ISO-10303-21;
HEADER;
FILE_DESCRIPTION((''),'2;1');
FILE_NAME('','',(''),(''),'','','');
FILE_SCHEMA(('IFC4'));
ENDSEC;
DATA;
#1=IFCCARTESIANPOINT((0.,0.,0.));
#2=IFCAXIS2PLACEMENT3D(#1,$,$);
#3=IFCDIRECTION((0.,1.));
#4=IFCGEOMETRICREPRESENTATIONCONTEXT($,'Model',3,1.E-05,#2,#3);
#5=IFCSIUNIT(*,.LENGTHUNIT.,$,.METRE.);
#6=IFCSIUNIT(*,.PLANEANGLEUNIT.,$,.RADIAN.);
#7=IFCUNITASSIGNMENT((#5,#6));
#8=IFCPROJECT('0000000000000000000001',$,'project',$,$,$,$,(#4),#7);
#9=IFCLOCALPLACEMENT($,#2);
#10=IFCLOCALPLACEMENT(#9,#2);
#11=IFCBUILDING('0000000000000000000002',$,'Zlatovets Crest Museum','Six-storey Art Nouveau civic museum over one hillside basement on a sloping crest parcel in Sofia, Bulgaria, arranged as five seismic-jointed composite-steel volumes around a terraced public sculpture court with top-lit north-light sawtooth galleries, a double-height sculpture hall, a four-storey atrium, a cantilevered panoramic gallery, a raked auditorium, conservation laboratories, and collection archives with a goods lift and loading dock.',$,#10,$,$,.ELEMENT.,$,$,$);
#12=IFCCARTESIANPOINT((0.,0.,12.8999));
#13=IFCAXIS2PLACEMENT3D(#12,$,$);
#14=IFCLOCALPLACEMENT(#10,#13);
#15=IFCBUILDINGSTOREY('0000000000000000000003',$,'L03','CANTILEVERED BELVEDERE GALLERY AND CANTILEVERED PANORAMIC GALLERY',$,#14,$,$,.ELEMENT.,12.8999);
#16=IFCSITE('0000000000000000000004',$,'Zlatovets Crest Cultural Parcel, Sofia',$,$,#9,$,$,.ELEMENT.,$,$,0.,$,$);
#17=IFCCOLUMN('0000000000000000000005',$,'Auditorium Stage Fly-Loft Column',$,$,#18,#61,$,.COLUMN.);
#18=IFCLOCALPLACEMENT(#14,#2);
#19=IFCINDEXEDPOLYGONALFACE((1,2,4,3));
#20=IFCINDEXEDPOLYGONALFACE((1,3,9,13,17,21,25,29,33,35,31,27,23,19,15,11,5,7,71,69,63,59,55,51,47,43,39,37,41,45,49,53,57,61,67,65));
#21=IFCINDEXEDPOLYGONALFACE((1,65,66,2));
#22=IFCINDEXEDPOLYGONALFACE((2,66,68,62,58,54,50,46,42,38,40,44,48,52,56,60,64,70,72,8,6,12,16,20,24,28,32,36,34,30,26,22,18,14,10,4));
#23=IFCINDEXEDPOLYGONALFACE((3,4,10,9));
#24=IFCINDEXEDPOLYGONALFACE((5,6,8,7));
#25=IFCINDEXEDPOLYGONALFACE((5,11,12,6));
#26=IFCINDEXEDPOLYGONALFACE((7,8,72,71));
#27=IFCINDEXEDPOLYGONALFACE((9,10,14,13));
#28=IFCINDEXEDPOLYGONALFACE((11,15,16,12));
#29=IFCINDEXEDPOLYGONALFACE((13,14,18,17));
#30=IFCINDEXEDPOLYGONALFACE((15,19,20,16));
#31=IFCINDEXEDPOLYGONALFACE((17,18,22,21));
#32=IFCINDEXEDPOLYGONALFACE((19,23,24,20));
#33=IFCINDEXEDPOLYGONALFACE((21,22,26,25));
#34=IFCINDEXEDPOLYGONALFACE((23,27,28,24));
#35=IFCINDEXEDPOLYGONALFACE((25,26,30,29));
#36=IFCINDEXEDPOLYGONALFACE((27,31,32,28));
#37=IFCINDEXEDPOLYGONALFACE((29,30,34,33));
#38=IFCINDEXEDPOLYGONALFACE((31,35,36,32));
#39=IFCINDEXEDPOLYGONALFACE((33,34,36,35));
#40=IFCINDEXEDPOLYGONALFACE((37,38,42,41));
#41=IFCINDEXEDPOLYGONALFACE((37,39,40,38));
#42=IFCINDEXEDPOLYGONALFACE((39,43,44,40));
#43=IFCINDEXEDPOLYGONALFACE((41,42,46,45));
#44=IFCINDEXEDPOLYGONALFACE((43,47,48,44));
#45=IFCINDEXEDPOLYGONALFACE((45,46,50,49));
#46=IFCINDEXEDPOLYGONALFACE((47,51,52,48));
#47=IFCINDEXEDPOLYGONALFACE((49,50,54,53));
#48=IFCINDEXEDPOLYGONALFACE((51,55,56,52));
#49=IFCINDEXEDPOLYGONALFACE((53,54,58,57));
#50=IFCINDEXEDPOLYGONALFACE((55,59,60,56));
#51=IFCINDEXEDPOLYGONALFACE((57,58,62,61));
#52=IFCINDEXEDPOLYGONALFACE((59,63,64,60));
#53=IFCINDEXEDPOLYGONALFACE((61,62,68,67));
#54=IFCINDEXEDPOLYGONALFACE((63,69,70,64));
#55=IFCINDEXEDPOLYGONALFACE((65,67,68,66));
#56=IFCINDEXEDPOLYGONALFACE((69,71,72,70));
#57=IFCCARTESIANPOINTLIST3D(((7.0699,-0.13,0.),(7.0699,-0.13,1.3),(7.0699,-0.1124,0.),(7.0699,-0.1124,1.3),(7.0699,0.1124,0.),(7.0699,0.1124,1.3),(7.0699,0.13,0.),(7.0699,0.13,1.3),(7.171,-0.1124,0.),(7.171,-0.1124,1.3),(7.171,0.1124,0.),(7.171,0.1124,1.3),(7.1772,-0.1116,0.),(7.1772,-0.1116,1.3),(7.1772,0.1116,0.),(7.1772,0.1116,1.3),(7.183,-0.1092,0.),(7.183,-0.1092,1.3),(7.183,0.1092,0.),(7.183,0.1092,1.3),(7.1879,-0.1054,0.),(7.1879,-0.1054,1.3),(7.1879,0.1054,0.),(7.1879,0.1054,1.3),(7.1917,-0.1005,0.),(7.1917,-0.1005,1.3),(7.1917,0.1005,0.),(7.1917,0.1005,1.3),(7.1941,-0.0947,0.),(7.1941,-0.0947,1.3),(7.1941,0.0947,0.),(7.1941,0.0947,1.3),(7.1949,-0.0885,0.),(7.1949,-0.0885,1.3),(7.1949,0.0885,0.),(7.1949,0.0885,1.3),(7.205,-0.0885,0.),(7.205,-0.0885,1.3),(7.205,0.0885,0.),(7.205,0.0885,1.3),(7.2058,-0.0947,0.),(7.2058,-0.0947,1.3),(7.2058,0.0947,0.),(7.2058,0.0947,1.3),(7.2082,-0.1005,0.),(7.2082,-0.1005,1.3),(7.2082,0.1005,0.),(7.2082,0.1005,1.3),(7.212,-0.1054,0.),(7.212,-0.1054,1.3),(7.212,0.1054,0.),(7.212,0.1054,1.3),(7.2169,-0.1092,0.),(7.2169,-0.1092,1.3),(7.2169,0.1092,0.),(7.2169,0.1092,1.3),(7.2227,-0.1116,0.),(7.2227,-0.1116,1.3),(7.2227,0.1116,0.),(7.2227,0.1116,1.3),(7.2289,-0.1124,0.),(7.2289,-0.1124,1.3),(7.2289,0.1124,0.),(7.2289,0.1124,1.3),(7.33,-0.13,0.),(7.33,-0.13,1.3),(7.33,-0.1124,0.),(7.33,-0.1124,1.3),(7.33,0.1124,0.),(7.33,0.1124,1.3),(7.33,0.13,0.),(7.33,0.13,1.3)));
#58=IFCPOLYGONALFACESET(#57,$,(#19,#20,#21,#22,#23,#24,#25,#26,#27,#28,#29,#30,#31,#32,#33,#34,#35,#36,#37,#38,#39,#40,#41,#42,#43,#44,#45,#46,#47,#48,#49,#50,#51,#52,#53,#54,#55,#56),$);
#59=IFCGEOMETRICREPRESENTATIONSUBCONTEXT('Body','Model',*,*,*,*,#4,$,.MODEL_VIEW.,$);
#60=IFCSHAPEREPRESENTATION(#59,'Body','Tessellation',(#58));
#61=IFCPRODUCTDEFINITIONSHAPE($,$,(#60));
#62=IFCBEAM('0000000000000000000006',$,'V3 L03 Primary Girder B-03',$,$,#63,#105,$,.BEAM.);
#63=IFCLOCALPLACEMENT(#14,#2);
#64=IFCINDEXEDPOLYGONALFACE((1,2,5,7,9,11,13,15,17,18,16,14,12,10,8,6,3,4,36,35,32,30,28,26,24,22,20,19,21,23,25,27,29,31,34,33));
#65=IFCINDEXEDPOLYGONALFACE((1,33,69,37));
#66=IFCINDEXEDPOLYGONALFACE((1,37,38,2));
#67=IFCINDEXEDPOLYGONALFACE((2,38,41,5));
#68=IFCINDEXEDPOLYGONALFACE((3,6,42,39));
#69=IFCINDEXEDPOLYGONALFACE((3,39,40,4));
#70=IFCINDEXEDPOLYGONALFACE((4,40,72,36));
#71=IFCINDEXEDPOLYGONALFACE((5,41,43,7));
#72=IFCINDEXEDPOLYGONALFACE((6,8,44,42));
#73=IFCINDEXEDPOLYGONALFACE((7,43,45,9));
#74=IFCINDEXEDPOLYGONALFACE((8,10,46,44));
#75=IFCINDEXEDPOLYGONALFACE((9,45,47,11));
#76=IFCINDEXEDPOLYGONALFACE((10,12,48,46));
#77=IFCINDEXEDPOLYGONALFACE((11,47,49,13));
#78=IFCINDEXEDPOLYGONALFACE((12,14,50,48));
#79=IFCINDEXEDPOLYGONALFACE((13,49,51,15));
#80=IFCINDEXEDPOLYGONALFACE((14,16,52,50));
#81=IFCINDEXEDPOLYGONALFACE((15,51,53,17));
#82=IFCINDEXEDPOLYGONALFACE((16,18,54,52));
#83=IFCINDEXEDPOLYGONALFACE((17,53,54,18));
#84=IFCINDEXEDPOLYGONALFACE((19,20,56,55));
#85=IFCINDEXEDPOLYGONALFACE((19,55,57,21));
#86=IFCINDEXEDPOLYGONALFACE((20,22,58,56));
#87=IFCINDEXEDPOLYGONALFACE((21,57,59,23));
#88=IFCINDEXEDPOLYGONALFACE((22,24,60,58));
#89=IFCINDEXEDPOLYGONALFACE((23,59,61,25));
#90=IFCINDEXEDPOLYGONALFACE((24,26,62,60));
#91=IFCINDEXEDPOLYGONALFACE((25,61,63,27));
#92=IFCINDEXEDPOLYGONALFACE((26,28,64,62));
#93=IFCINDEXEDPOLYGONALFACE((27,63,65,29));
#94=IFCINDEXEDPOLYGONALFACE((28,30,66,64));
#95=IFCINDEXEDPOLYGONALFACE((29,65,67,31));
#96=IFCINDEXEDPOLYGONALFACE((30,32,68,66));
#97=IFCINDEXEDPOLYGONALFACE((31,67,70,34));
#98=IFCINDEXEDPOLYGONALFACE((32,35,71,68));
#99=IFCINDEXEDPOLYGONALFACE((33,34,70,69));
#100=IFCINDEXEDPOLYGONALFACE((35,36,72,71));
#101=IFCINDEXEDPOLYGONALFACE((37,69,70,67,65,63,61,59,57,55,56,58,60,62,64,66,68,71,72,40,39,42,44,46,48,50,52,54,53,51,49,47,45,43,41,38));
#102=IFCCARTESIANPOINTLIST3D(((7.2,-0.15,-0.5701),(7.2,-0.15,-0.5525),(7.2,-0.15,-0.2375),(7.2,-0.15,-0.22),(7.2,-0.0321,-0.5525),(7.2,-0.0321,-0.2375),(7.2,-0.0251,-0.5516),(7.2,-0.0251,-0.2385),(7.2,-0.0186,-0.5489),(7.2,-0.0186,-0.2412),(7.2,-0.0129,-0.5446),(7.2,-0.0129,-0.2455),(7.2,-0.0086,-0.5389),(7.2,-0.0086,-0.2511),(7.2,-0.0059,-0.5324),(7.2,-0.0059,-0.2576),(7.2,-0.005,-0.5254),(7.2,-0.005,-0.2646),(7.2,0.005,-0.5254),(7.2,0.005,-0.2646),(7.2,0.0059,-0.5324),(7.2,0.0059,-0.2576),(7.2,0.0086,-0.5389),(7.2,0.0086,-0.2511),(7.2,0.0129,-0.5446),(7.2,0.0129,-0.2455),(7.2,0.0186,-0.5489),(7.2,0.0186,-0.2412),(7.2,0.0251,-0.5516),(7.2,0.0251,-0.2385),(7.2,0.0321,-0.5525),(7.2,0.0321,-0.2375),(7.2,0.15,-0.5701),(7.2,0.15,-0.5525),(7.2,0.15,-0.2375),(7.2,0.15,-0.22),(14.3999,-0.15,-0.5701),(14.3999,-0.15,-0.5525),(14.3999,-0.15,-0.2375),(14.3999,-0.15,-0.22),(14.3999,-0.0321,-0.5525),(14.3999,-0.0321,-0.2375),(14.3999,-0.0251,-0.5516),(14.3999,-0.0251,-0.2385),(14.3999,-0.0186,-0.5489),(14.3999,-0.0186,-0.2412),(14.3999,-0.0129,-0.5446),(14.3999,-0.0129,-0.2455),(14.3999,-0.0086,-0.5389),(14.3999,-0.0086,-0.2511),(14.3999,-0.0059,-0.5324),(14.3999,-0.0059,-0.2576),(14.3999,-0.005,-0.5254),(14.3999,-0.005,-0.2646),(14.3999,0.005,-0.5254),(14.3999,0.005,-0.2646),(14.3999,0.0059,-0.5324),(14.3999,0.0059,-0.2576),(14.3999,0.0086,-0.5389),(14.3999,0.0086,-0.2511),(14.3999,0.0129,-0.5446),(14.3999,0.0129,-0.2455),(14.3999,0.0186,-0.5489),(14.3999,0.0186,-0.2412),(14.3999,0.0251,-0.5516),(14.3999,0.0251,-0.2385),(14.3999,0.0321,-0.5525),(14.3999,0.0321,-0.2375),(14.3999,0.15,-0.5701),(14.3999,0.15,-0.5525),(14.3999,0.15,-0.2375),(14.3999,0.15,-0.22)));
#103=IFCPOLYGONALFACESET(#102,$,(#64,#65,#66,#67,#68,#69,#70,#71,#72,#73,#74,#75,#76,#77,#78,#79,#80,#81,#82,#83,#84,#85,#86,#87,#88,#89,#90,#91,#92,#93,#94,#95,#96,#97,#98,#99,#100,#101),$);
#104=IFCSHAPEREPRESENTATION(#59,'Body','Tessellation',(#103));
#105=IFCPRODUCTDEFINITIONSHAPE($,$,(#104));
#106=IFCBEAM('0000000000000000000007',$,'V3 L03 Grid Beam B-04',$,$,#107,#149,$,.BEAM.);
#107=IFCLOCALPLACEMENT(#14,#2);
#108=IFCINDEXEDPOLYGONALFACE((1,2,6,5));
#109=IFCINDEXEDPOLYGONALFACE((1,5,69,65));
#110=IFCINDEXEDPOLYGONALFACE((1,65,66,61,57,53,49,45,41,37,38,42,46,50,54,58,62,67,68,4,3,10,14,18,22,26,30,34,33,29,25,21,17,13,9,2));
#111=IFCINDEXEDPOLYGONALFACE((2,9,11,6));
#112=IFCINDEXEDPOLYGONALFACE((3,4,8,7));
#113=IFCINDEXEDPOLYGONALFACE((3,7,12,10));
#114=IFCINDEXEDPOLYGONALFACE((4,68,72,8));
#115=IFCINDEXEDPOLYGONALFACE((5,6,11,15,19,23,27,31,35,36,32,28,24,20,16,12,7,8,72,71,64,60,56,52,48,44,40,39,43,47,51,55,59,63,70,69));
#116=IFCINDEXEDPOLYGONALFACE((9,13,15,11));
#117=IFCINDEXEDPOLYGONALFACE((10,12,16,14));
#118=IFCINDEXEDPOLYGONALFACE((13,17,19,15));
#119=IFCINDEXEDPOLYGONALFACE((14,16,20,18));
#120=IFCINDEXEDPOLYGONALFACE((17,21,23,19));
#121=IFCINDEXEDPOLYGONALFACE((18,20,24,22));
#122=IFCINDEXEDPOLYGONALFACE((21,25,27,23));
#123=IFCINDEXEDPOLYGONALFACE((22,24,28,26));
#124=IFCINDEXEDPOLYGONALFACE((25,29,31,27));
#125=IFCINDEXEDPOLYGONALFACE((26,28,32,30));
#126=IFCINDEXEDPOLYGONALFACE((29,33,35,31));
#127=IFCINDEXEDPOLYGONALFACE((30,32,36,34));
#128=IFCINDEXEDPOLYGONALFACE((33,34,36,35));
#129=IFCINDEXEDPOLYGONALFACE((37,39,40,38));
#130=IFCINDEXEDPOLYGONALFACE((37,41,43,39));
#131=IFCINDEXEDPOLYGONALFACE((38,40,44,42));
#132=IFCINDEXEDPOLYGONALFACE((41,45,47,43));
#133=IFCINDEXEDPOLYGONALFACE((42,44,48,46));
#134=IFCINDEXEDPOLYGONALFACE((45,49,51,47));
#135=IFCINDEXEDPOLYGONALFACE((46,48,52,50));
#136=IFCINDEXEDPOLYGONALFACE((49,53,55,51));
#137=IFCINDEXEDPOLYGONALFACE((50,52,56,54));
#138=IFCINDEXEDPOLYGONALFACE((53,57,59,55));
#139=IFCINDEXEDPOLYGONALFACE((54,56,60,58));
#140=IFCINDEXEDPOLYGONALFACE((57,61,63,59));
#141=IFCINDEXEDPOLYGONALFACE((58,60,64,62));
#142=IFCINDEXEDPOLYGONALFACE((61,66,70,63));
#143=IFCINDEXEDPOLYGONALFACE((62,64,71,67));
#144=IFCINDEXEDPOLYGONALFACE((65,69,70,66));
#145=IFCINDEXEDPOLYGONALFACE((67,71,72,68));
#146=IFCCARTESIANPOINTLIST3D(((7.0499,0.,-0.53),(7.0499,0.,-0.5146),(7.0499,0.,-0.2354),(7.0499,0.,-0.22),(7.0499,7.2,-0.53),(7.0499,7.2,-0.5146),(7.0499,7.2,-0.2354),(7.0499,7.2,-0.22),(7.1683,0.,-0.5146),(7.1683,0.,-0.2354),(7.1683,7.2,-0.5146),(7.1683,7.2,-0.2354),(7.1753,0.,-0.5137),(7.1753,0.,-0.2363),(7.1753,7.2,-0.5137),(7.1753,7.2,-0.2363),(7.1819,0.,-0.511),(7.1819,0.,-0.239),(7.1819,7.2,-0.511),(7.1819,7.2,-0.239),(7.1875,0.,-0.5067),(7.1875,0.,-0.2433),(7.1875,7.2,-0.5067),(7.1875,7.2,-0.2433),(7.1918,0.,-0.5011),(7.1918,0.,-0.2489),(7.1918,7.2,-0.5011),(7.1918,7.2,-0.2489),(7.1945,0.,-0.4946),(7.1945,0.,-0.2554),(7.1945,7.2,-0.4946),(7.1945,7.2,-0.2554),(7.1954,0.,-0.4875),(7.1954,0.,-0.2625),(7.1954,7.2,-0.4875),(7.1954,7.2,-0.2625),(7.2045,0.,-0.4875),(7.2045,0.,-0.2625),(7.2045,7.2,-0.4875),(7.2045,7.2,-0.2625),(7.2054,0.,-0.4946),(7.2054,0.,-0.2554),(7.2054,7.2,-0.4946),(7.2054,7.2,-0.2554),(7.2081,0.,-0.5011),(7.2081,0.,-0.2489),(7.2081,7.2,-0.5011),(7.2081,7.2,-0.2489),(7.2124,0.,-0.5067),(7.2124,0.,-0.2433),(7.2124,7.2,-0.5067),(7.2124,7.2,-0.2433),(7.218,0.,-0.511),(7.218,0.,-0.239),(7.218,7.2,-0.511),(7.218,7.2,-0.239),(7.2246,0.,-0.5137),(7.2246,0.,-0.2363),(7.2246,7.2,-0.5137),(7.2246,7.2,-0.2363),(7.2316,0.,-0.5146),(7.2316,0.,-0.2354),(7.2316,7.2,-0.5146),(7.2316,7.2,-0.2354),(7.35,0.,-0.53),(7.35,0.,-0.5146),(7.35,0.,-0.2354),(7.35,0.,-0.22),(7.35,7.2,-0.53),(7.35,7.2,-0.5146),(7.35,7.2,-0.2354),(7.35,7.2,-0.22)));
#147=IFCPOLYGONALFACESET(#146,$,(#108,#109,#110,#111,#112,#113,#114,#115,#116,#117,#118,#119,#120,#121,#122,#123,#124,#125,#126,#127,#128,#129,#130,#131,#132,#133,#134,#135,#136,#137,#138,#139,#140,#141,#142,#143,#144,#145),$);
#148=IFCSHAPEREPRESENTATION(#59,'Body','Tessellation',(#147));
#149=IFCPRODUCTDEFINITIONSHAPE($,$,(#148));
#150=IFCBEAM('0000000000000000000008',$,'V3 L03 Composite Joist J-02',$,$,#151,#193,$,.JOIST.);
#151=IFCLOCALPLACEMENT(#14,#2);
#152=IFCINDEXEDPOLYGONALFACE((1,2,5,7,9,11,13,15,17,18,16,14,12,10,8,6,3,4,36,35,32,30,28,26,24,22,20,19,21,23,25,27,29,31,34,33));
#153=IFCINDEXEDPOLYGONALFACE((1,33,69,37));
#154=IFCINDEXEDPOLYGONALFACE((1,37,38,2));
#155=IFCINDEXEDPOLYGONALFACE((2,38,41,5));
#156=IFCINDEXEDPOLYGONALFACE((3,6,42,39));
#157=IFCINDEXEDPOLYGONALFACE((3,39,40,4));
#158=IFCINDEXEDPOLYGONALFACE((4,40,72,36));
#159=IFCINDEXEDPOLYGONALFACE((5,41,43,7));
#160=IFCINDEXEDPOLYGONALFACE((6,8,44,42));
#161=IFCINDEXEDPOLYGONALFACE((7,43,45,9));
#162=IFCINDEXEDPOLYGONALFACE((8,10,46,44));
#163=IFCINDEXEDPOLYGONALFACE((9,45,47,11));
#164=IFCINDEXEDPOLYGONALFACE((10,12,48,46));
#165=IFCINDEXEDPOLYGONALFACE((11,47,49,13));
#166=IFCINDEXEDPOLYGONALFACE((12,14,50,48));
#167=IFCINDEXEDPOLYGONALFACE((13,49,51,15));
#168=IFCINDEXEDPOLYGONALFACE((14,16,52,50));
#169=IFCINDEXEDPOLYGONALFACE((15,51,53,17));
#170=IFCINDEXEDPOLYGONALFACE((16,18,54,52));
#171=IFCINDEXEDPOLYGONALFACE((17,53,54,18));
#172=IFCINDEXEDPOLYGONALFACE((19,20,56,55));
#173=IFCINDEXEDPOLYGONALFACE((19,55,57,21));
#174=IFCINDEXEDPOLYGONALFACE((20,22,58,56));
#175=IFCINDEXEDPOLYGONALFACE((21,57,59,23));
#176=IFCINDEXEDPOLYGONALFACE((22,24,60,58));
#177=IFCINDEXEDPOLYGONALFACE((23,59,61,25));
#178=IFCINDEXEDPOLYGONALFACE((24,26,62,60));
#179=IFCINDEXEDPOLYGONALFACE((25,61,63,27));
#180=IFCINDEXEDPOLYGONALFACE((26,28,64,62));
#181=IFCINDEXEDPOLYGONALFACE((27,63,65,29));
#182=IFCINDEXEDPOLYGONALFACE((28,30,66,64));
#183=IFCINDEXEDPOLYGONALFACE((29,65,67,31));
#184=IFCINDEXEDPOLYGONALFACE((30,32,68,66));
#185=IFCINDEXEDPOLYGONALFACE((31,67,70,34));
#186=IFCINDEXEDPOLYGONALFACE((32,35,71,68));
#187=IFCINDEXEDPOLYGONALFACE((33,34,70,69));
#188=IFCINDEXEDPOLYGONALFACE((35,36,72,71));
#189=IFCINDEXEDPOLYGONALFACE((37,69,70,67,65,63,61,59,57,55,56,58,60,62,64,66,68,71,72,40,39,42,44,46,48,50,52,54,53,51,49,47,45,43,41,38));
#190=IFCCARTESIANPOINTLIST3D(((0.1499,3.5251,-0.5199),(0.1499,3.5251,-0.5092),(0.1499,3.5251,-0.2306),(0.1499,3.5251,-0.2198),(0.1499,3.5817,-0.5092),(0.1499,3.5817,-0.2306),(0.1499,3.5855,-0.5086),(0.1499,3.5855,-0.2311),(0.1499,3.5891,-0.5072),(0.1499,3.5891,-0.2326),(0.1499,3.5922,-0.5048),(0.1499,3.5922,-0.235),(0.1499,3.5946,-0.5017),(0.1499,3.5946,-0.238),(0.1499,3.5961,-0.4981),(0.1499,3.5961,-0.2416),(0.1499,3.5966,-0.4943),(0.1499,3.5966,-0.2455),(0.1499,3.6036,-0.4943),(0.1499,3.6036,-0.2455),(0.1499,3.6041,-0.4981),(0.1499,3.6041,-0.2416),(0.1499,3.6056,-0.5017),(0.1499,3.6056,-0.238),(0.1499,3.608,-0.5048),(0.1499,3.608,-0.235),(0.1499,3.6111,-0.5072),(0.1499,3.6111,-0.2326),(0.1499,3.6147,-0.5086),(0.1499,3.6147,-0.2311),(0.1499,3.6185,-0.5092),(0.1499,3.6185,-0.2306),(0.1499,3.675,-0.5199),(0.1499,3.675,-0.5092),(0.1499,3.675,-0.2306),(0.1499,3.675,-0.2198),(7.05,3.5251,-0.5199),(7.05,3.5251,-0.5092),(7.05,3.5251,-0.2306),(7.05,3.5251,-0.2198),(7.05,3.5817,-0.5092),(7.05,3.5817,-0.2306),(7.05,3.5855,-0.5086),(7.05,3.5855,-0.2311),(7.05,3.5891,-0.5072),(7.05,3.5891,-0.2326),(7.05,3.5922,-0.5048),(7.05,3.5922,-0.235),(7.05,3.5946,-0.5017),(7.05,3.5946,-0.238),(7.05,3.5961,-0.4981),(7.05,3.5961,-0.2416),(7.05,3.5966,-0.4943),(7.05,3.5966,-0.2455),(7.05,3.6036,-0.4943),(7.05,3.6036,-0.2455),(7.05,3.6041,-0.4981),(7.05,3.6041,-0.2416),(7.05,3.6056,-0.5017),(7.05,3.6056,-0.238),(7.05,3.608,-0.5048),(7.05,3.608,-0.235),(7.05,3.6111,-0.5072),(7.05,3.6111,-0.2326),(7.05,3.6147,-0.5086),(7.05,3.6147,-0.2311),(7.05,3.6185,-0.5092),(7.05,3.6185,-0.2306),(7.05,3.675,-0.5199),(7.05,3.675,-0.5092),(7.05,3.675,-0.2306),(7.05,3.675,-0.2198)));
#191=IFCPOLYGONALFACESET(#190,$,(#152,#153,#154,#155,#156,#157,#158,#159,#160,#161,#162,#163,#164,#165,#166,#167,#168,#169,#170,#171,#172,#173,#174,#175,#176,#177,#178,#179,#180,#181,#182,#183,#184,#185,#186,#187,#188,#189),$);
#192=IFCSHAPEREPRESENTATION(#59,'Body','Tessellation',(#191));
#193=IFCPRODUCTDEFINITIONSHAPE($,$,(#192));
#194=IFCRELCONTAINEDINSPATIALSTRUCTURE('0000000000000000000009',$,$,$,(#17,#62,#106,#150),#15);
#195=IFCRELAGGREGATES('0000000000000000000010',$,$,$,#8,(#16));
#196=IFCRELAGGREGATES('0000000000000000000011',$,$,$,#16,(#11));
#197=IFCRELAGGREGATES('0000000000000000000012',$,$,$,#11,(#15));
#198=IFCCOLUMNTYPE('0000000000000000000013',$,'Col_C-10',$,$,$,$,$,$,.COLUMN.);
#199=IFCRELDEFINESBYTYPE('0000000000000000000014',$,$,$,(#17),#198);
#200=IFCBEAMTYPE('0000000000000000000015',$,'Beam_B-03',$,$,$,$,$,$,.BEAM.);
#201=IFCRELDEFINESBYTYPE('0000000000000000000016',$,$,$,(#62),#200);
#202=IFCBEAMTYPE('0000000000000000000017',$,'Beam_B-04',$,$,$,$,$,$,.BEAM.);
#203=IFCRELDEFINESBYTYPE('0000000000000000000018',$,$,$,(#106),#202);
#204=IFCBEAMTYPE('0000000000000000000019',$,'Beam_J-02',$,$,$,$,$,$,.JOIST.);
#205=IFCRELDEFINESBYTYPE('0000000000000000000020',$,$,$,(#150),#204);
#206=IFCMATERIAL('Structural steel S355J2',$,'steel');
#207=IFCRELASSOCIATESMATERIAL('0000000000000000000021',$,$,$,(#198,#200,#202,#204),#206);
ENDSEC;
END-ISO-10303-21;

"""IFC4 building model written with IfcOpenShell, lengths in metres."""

from ifc_helpers import new_model, si_unit, direction, frame, origin, origin_2d, place, context, subcontext, project, spatial, i_section, extrude, material, material_profile, profile_set, type_object, element, save


model = new_model("IFC4")

# Units and contexts
model_context = context("Model", 3, precision=1e-05, world=origin(), true_north=direction((0.0, 1.0)))
body_context = subcontext(model_context, "Body", "Model", "MODEL_VIEW")
ifc_project = project(units=[si_unit("LENGTHUNIT", "METRE"), si_unit("PLANEANGLEUNIT", "RADIAN")], contexts=[model_context])

# Site, building, storey
site_placement = place(None, origin())
site = spatial("IfcSite", under=ifc_project, at=site_placement, Name="Zlatovets Crest Cultural Parcel, Sofia", CompositionType="ELEMENT", RefElevation=0.0)
building_placement = place(site_placement, origin())
building = spatial("IfcBuilding", under=site, at=building_placement, Name="Zlatovets Crest Museum", Description="Six-storey Art Nouveau civic museum over one hillside basement on a sloping crest parcel in Sofia, Bulgaria, arranged as five seismic-jointed composite-steel volumes around a terraced public sculpture court with top-lit north-light sawtooth galleries, a double-height sculpture hall, a four-storey atrium, a cantilevered panoramic gallery, a raked auditorium, conservation laboratories, and collection archives with a goods lift and loading dock.", CompositionType="ELEMENT")
storey_placement = place(building_placement, frame((0.0, 0.0, 12.8999)))
storey = spatial("IfcBuildingStorey", under=building, at=storey_placement, Name="L03", Description="CANTILEVERED BELVEDERE GALLERY AND CANTILEVERED PANORAMIC GALLERY", CompositionType="ELEMENT", Elevation=12.8999)

# Column
ifc_material_1 = material(Name="Structural steel S355J2", Category="steel")
ifc_material_profile_1 = material_profile(ifc_material_1, i_section(OverallWidth=0.26, OverallDepth=0.26, WebThickness=0.01, FlangeThickness=0.0176, FilletRadius=0.0239, at=origin_2d()), Name="HEB 260")
ifc_profile_set_1 = profile_set([ifc_material_profile_1], Name="Structural steel S355J2")
column_type = type_object("IfcColumnType", Name="Col_C-10", PredefinedType="COLUMN", material=ifc_profile_set_1)
column_placement = place(storey_placement, frame((7.2, 0.0, 0.0), z_axis=(0.0, 0.0, 1.0), x_axis=(1.0, 0.0, 0.0)))
element("IfcColumn", 1, at=column_placement, inside=storey, type_object=column_type, Name="Auditorium Stage Fly-Loft Column", PredefinedType="COLUMN", context=body_context, shape_type="SweptSolid", body=[
    extrude(i_section(OverallWidth=0.26, OverallDepth=0.26, WebThickness=0.01, FlangeThickness=0.0176, FilletRadius=0.0239, at=origin_2d()), origin(), (0.0, 0.0, 1.0), 1.3),
])

# Beams
ifc_material_profile_2 = material_profile(ifc_material_1, i_section(OverallWidth=0.3, OverallDepth=0.3501, WebThickness=0.01, FlangeThickness=0.0176, FilletRadius=0.0271, at=origin_2d()), Name="HEA 360")
ifc_profile_set_2 = profile_set([ifc_material_profile_2], Name="Structural steel S355J2")
beam_type_1 = type_object("IfcBeamType", Name="Beam_B-03", PredefinedType="BEAM", material=ifc_profile_set_2)
beam_1_placement = place(storey_placement, frame((7.2, 0.0, -0.395), z_axis=(1.0, 0.0, 0.0), x_axis=(0.0, 1.0, 0.0)))
element("IfcBeam", 2, at=beam_1_placement, inside=storey, type_object=beam_type_1, Name="V3 L03 Primary Girder B-03", PredefinedType="BEAM", context=body_context, shape_type="SweptSolid", body=[
    extrude(i_section(OverallWidth=0.3, OverallDepth=0.3501, WebThickness=0.01, FlangeThickness=0.0176, FilletRadius=0.0271, at=origin_2d()), origin(), (0.0, 0.0, 1.0), 7.2),
])
ifc_material_profile_3 = material_profile(ifc_material_1, i_section(OverallWidth=0.3, OverallDepth=0.3101, WebThickness=0.009, FlangeThickness=0.0154, FilletRadius=0.0271, at=origin_2d()), Name="HEA 320")
ifc_profile_set_3 = profile_set([ifc_material_profile_3], Name="Structural steel S355J2")
beam_type_2 = type_object("IfcBeamType", Name="Beam_B-04", PredefinedType="BEAM", material=ifc_profile_set_3)
beam_2_placement = place(storey_placement, frame((7.2, 0.0, -0.375), z_axis=(0.0, 1.0, 0.0), x_axis=(-1.0, 0.0, 0.0)))
element("IfcBeam", 3, at=beam_2_placement, inside=storey, type_object=beam_type_2, Name="V3 L03 Grid Beam B-04", PredefinedType="BEAM", context=body_context, shape_type="SweptSolid", body=[
    extrude(i_section(OverallWidth=0.3, OverallDepth=0.3101, WebThickness=0.009, FlangeThickness=0.0154, FilletRadius=0.0271, at=origin_2d()), origin(), (0.0, 0.0, 1.0), 7.2),
])
ifc_material_profile_4 = material_profile(ifc_material_1, i_section(OverallWidth=0.1499, OverallDepth=0.3, WebThickness=0.0071, FlangeThickness=0.0107, FilletRadius=0.0149, at=origin_2d()), Name="IPE 300")
ifc_profile_set_4 = profile_set([ifc_material_profile_4], Name="Structural steel S355J2")
beam_type_3 = type_object("IfcBeamType", Name="Beam_J-02", PredefinedType="JOIST", material=ifc_profile_set_4)
beam_3_placement = place(storey_placement, frame((0.1499, 3.6001, -0.3699), z_axis=(1.0, 0.0, 0.0), x_axis=(0.0, 1.0, 0.0)))
element("IfcBeam", 4, at=beam_3_placement, inside=storey, type_object=beam_type_3, Name="V3 L03 Composite Joist J-02", PredefinedType="JOIST", context=body_context, shape_type="SweptSolid", body=[
    extrude(i_section(OverallWidth=0.1499, OverallDepth=0.3, WebThickness=0.0071, FlangeThickness=0.0107, FilletRadius=0.0149, at=origin_2d()), origin(), (0.0, 0.0, 1.0), 6.9001),
])

save(model, "model.ifc")
